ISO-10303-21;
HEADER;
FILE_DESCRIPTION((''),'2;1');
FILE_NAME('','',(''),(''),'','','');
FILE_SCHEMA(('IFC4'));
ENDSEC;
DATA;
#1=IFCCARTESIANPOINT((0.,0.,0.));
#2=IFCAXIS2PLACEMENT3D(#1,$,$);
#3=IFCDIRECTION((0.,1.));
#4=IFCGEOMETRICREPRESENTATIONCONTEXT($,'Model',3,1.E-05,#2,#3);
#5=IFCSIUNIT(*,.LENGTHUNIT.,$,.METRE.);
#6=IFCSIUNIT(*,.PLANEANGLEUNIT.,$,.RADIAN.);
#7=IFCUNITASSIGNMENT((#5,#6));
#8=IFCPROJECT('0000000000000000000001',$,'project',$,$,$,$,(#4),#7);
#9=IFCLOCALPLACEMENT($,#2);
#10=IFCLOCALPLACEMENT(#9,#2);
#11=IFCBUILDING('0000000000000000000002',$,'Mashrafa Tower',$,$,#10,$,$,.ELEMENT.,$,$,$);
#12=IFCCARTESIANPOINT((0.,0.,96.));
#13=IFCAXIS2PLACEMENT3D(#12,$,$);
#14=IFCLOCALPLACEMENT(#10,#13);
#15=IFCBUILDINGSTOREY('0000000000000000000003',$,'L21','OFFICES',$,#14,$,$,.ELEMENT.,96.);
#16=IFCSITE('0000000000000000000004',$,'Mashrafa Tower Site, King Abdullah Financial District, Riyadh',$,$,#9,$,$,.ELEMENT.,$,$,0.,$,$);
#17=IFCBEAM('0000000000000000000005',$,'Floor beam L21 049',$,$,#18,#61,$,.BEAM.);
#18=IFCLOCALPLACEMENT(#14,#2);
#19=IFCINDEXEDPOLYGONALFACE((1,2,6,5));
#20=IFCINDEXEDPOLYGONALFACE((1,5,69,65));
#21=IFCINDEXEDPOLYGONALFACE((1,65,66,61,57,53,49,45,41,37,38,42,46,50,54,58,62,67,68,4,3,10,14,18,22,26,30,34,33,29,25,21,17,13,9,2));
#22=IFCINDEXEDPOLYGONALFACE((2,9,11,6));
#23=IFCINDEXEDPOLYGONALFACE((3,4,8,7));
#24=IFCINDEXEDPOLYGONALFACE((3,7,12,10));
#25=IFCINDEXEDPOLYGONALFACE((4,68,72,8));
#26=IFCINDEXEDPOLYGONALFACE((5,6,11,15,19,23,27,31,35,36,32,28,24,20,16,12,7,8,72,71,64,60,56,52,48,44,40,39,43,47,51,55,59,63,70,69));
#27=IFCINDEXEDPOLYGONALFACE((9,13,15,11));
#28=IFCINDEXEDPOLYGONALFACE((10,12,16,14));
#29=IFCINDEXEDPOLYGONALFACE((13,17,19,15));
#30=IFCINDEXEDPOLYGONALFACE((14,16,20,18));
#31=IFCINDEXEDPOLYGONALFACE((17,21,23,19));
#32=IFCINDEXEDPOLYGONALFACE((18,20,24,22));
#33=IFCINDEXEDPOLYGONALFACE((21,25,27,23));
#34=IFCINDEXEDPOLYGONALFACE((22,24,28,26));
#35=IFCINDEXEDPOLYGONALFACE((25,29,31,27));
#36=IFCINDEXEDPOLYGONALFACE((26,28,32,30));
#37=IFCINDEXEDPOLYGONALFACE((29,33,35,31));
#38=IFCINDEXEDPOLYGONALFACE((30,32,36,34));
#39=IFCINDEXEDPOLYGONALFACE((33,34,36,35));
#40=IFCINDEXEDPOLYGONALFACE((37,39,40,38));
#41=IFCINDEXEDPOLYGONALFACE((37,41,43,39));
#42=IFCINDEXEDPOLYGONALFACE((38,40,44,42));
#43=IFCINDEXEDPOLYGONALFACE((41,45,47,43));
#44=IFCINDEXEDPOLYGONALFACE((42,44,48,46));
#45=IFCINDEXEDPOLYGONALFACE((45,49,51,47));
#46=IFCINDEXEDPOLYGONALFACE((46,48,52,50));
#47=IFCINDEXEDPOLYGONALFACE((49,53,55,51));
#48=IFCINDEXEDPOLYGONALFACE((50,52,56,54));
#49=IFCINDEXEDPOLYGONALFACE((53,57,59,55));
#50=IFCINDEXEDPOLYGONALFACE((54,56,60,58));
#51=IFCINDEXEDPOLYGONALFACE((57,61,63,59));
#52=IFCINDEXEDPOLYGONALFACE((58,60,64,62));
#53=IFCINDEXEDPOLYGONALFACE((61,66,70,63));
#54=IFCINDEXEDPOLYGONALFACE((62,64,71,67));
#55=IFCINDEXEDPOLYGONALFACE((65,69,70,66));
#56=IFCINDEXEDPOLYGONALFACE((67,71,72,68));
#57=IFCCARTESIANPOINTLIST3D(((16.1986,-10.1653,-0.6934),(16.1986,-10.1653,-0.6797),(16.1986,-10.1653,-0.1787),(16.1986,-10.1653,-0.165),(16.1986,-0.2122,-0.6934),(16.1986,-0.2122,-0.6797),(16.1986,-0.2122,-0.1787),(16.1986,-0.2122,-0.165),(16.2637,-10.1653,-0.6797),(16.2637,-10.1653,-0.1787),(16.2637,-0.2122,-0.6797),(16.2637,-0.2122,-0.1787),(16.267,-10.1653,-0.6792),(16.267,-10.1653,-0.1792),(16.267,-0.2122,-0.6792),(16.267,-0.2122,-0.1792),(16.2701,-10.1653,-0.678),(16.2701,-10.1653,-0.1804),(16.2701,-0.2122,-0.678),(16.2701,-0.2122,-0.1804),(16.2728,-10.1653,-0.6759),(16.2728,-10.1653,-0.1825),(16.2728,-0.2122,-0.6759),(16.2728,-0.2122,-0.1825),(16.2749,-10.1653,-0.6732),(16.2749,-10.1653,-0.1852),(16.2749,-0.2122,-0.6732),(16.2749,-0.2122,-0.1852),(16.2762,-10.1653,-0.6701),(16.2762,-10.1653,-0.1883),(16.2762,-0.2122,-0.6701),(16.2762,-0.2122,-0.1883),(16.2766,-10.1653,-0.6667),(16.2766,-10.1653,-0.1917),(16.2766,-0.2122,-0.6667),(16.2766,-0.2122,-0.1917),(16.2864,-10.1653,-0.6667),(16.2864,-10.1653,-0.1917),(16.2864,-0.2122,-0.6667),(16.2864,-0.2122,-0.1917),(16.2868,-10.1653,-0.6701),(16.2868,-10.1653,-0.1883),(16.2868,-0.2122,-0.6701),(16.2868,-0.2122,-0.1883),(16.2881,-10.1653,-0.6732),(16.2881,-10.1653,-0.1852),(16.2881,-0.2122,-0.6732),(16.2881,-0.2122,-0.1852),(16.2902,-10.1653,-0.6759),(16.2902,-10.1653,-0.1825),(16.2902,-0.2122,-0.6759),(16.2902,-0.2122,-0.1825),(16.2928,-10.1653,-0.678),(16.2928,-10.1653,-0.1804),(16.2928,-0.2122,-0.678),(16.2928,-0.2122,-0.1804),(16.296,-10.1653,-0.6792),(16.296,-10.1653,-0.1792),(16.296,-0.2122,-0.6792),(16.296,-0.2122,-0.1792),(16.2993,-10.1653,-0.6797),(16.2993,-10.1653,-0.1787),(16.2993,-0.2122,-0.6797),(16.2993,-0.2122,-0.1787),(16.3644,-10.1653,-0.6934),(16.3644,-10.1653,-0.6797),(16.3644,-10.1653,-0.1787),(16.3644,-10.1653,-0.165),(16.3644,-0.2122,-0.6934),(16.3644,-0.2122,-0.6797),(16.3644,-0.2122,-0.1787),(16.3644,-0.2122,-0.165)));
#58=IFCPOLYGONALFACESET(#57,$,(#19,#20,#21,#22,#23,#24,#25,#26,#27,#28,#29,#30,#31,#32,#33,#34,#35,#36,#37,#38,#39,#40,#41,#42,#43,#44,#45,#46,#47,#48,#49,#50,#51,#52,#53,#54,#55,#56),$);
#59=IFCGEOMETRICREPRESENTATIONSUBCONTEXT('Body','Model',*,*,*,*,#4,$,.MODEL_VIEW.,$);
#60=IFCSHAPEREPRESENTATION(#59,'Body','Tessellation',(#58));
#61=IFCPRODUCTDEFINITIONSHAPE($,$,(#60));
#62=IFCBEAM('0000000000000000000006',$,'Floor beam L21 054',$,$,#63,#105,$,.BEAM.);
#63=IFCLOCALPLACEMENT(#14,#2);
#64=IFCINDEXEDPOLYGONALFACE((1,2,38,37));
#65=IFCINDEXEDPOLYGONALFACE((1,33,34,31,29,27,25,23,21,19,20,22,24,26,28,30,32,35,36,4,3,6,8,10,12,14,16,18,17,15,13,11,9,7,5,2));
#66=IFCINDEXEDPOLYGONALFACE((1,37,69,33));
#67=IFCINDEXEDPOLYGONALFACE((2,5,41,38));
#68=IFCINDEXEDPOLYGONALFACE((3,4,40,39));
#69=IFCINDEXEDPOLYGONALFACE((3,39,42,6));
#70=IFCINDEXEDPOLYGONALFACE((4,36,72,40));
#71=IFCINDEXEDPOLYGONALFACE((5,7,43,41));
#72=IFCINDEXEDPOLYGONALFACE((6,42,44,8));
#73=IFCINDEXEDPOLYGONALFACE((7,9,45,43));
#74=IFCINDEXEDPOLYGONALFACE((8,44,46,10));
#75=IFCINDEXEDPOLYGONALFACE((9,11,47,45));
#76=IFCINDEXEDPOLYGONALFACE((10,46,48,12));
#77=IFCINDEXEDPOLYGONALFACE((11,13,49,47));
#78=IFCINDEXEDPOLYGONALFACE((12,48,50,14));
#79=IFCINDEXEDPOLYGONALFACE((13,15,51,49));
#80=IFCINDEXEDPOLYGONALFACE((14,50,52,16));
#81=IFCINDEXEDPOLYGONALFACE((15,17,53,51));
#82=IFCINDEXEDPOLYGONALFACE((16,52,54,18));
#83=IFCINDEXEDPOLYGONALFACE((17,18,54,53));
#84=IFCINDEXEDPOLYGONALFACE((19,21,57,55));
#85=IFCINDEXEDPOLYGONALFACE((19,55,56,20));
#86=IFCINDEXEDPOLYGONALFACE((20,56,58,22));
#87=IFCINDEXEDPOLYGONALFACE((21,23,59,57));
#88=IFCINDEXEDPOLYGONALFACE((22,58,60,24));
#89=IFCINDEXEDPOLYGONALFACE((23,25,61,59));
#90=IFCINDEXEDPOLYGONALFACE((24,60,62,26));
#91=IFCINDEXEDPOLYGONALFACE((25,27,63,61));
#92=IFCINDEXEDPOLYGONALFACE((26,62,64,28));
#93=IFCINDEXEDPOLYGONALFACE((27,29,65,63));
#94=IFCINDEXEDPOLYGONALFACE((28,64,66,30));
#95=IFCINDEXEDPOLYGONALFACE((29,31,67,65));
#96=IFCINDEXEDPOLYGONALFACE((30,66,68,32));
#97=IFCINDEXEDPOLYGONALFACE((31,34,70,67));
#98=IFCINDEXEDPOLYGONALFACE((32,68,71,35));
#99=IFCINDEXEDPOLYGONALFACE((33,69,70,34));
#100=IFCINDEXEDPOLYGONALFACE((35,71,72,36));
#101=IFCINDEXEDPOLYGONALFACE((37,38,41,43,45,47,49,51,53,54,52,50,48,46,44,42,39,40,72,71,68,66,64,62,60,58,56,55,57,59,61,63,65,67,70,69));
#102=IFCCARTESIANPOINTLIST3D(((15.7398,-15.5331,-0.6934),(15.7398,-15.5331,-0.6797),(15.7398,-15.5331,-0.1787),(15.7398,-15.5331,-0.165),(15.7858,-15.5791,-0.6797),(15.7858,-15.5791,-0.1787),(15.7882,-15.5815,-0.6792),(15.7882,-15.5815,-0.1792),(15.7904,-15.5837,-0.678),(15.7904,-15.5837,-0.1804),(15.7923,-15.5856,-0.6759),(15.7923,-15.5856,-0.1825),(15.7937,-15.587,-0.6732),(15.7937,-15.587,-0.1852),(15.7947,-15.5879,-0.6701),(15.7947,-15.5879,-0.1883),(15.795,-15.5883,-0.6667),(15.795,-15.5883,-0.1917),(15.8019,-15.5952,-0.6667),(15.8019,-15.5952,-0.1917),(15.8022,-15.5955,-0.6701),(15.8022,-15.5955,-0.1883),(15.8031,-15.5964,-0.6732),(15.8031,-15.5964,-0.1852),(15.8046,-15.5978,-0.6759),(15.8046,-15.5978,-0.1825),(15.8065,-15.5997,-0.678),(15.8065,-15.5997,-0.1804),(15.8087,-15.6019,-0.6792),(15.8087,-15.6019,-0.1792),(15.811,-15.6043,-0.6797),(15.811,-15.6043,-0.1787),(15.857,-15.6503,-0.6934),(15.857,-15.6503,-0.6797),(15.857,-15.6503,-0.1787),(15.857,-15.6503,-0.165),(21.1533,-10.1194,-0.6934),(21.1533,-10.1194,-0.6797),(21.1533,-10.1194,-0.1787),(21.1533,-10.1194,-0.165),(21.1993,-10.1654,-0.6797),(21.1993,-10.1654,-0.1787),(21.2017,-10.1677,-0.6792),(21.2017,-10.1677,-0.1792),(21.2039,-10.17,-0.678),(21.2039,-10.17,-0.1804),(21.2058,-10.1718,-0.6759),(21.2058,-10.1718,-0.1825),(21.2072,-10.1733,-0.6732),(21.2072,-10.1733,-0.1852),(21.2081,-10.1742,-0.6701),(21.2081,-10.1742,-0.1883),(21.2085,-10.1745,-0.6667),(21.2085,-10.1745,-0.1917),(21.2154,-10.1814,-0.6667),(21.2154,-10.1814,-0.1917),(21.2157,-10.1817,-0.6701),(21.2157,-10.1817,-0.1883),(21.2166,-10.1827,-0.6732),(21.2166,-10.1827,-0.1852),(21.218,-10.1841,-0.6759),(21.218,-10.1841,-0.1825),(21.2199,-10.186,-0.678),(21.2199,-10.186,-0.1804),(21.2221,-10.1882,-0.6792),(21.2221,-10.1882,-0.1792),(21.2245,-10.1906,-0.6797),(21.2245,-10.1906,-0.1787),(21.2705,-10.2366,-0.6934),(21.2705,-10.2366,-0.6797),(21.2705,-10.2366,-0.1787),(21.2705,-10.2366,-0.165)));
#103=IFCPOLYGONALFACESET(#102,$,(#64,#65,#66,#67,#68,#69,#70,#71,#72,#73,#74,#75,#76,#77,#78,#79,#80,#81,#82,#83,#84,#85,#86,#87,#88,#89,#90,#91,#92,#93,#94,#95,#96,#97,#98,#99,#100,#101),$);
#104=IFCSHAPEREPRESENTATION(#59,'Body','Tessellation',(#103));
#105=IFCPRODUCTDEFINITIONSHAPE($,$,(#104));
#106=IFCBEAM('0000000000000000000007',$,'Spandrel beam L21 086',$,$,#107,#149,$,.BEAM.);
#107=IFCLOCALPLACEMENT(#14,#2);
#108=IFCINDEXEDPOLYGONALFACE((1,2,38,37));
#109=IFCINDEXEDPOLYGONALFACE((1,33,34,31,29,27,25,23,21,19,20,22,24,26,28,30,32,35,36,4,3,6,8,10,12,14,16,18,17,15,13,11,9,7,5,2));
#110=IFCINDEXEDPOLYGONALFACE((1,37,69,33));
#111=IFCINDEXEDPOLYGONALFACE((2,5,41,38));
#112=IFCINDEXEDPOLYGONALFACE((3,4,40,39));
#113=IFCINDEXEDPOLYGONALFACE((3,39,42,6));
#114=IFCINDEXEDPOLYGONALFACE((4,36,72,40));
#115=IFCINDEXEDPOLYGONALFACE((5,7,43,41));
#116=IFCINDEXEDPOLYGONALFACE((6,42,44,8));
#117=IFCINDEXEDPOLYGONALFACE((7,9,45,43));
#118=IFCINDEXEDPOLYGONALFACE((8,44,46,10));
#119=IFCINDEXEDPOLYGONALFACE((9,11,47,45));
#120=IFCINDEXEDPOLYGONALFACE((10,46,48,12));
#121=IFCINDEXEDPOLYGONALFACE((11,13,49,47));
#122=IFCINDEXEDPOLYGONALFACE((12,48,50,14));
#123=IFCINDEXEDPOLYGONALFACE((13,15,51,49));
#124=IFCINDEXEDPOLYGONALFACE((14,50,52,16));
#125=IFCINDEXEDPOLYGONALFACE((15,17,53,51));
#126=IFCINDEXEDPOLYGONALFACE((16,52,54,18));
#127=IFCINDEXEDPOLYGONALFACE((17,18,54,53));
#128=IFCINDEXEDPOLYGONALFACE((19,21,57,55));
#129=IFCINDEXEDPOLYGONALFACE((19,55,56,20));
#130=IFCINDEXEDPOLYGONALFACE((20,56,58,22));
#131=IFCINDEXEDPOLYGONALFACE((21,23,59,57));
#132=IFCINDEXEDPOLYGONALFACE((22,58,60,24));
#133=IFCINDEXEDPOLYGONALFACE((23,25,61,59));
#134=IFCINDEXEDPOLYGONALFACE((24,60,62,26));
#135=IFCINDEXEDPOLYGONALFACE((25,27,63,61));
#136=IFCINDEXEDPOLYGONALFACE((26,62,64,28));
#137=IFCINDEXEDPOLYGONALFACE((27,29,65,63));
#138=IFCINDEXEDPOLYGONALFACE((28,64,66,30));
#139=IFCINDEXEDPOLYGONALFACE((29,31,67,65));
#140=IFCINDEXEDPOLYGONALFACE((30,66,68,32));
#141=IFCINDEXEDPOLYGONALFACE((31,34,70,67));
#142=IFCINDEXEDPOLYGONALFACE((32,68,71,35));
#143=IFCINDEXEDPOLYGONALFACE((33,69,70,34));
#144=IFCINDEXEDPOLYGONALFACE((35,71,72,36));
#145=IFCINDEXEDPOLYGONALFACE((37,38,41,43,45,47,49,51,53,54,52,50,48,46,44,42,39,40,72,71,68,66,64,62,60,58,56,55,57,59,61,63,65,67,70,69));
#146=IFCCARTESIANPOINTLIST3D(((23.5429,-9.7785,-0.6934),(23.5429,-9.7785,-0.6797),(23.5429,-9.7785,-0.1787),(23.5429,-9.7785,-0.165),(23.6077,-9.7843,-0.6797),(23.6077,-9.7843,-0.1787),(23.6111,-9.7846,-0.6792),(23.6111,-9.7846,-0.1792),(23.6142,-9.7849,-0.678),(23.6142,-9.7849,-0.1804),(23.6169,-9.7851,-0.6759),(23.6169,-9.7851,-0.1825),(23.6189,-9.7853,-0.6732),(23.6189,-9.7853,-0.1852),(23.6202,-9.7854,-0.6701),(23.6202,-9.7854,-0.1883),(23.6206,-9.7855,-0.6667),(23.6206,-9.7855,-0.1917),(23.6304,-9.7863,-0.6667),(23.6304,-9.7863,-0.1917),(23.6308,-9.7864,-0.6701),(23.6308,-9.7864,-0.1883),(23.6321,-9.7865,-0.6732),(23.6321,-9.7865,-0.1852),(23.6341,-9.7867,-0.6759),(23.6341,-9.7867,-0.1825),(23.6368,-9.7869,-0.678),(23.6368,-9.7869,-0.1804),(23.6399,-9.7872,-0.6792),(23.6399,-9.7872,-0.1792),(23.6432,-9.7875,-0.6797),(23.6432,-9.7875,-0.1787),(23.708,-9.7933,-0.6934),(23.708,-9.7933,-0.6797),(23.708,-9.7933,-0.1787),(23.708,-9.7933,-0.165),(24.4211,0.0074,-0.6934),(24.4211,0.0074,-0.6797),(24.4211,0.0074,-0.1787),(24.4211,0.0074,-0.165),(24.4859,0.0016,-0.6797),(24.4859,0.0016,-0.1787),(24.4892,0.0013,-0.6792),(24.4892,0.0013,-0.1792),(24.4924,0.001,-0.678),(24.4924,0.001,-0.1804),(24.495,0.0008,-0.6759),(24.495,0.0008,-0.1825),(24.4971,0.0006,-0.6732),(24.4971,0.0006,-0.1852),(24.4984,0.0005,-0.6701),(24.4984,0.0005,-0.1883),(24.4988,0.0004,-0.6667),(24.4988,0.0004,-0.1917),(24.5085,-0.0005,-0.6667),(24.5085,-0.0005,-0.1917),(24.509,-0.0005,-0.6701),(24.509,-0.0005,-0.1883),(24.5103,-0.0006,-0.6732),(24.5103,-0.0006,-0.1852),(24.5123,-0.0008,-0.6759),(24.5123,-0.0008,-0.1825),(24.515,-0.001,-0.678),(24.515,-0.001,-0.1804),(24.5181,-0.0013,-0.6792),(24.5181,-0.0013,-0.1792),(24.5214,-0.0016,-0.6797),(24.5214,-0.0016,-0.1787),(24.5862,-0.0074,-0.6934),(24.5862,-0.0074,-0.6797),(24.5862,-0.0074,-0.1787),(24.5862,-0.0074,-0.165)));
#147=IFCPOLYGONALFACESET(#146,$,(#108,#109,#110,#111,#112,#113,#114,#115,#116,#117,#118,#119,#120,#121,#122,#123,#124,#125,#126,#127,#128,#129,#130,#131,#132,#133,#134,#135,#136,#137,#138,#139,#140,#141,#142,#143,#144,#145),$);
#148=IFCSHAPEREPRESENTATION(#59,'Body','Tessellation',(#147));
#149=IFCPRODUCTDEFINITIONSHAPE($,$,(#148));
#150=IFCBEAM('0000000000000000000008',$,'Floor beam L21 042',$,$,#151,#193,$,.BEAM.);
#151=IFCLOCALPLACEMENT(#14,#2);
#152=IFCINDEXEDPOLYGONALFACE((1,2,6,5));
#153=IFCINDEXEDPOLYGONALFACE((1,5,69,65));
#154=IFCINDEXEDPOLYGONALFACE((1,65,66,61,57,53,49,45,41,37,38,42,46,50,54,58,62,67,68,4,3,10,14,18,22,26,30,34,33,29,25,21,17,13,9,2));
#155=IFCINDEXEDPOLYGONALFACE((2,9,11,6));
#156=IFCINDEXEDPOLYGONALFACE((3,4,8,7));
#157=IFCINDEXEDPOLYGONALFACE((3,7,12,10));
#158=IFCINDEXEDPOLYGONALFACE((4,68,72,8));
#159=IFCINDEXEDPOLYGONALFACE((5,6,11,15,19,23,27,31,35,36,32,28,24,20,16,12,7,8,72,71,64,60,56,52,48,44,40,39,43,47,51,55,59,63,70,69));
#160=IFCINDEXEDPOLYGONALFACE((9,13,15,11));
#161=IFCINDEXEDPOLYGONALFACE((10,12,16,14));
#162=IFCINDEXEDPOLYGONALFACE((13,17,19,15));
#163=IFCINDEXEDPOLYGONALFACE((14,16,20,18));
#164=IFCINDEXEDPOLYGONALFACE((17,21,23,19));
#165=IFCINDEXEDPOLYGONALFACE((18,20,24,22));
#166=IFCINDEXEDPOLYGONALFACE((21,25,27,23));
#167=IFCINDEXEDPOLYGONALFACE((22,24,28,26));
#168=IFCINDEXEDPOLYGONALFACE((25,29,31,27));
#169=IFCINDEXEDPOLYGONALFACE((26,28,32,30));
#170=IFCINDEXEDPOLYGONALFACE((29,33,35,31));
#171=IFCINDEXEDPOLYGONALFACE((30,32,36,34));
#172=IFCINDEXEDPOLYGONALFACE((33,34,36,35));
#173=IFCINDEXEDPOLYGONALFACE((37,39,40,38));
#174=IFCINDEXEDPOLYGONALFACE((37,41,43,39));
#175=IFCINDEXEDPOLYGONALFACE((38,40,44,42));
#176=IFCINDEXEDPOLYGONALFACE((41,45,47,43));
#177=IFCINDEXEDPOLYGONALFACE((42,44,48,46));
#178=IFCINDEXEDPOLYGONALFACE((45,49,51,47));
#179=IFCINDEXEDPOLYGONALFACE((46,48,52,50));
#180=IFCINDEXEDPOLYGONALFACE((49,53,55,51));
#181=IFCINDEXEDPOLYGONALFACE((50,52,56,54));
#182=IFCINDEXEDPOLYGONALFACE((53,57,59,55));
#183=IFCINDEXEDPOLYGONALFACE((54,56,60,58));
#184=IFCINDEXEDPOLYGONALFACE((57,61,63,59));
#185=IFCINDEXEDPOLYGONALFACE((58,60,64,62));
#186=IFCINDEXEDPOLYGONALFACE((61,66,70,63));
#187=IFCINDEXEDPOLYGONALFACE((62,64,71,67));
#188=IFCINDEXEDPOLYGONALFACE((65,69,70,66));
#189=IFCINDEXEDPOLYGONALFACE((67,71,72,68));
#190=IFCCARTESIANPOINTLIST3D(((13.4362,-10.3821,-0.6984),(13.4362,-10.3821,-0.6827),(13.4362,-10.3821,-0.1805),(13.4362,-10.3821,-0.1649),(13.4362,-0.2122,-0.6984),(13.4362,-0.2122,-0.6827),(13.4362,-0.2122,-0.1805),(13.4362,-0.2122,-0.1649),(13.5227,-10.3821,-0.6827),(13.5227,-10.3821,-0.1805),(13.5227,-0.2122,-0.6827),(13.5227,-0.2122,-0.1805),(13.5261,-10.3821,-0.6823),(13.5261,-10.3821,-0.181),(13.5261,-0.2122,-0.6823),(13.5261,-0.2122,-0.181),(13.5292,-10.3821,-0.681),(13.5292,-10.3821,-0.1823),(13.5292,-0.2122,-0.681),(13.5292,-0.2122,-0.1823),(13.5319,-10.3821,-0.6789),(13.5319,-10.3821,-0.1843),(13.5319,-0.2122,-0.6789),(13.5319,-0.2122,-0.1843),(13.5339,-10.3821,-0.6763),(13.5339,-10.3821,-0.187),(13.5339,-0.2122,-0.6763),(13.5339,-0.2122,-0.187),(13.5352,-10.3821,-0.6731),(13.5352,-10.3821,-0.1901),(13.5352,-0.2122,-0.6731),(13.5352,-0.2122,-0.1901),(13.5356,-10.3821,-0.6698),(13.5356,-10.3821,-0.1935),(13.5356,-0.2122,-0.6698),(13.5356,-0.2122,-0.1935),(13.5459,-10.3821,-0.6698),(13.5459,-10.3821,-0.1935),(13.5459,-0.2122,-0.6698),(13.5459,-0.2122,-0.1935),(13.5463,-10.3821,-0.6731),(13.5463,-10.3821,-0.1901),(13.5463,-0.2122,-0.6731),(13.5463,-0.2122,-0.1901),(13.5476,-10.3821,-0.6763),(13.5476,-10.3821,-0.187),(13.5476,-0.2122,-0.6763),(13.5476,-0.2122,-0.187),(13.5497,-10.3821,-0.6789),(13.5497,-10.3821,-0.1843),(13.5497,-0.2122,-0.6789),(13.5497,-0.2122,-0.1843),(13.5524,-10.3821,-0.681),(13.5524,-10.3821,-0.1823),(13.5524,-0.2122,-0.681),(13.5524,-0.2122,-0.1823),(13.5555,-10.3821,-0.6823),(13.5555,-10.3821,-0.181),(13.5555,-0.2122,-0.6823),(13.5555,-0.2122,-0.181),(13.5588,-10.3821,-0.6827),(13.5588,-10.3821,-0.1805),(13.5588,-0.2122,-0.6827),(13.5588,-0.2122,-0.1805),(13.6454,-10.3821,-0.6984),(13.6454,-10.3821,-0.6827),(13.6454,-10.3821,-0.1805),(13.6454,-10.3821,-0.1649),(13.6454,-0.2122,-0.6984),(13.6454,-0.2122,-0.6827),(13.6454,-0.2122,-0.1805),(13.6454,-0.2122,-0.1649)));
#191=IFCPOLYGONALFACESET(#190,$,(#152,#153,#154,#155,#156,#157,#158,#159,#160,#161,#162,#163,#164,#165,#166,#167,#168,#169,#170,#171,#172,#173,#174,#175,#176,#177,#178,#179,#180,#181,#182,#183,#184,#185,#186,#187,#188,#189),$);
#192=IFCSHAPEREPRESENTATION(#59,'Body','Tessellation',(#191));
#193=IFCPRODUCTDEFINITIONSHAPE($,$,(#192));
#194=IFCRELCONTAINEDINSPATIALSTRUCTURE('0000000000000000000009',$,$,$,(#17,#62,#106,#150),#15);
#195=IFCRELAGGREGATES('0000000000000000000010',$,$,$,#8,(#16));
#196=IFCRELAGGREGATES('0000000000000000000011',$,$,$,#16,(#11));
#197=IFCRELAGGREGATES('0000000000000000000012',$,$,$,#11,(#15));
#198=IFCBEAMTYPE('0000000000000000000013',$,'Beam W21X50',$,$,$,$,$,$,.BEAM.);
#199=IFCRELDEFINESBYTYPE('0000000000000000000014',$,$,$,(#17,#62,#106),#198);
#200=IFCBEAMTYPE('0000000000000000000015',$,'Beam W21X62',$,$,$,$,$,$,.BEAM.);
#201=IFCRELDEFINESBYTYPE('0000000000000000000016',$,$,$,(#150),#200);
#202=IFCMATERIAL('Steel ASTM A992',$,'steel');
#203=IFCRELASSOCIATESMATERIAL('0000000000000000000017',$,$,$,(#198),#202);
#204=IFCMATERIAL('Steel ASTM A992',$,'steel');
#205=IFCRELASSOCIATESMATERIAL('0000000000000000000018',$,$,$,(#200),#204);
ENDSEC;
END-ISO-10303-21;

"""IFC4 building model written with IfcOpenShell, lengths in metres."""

from ifc_helpers import new_model, si_unit, direction, frame, origin, origin_2d, place, context, subcontext, project, spatial, i_section, extrude, material, material_profile, profile_set, type_object, element, save


model = new_model("IFC4")

# Units and contexts
model_context = context("Model", 3, precision=1e-05, world=origin(), true_north=direction((0.0, 1.0)))
body_context = subcontext(model_context, "Body", "Model", "MODEL_VIEW")
ifc_project = project(units=[si_unit("LENGTHUNIT", "METRE"), si_unit("PLANEANGLEUNIT", "RADIAN")], contexts=[model_context])

# Site, building, storey
site_placement = place(None, origin())
site = spatial("IfcSite", under=ifc_project, at=site_placement, Name="Mashrafa Tower Site, King Abdullah Financial District, Riyadh", CompositionType="ELEMENT", RefElevation=0.0)
building_placement = place(site_placement, origin())
building = spatial("IfcBuilding", under=site, at=building_placement, Name="Mashrafa Tower", CompositionType="ELEMENT")
storey_placement = place(building_placement, frame((0.0, 0.0, 96.0)))
storey = spatial("IfcBuildingStorey", under=building, at=storey_placement, Name="L21", Description="OFFICES", CompositionType="ELEMENT", Elevation=96.0)

# Beams
ifc_material_1 = material(Name="Steel ASTM A992", Category="steel")
ifc_material_profile_1 = material_profile(ifc_material_1, i_section(OverallWidth=0.1658, OverallDepth=0.5283, WebThickness=0.0098, FlangeThickness=0.0137, FilletRadius=0.0129, at=origin_2d()), Name="W21X50")
ifc_profile_set_1 = profile_set([ifc_material_profile_1], Name="Steel ASTM A992")
beam_type_1 = type_object("IfcBeamType", Name="Beam W21X50", PredefinedType="BEAM", material=ifc_profile_set_1)
beam_1_placement = place(storey_placement, frame((16.2815, -0.2122, -0.4292), z_axis=(0.0, -1.0, 0.0), x_axis=(1.0, 0.0, 0.0)))
element("IfcBeam", 1, at=beam_1_placement, inside=storey, type_object=beam_type_1, Name="Floor beam L21 049", PredefinedType="BEAM", context=body_context, shape_type="SweptSolid", body=[
    extrude(i_section(OverallWidth=0.1658, OverallDepth=0.5283, WebThickness=0.0098, FlangeThickness=0.0137, FilletRadius=0.0129, at=origin_2d()), origin(), (0.0, 0.0, 1.0), 9.9531),
])
beam_2_placement = place(storey_placement, frame((21.2119, -10.178, -0.4292), z_axis=(-0.707091, -0.707123, 0.0), x_axis=(0.707123, -0.707091, 0.0)))
element("IfcBeam", 2, at=beam_2_placement, inside=storey, type_object=beam_type_1, Name="Floor beam L21 054", PredefinedType="BEAM", context=body_context, shape_type="SweptSolid", body=[
    extrude(i_section(OverallWidth=0.1658, OverallDepth=0.5283, WebThickness=0.0098, FlangeThickness=0.0137, FilletRadius=0.0129, at=origin_2d()), origin(), (0.0, 0.0, 1.0), 7.656),
])
beam_3_placement = place(storey_placement, frame((23.6255, -9.7859, -0.4292), z_axis=(0.08938, 0.995998, 0.0), x_axis=(-0.995998, 0.08938, 0.0)))
element("IfcBeam", 3, at=beam_3_placement, inside=storey, type_object=beam_type_1, Name="Spandrel beam L21 086", PredefinedType="BEAM", context=body_context, shape_type="SweptSolid", body=[
    extrude(i_section(OverallWidth=0.1658, OverallDepth=0.5283, WebThickness=0.0098, FlangeThickness=0.0137, FilletRadius=0.0129, at=origin_2d()), origin(), (0.0, 0.0, 1.0), 9.8252),
])
ifc_material_2 = material(Name="Steel ASTM A992", Category="steel")
ifc_material_profile_2 = material_profile(ifc_material_2, i_section(OverallWidth=0.2092, OverallDepth=0.5334, WebThickness=0.0103, FlangeThickness=0.0156, FilletRadius=0.0129, at=origin_2d()), Name="W21X62")
ifc_profile_set_2 = profile_set([ifc_material_profile_2], Name="Steel ASTM A992")
beam_type_2 = type_object("IfcBeamType", Name="Beam W21X62", PredefinedType="BEAM", material=ifc_profile_set_2)
beam_4_placement = place(storey_placement, frame((13.5408, -0.2122, -0.4316), z_axis=(0.0, -1.0, 0.0), x_axis=(1.0, 0.0, 0.0)))
element("IfcBeam", 4, at=beam_4_placement, inside=storey, type_object=beam_type_2, Name="Floor beam L21 042", PredefinedType="BEAM", context=body_context, shape_type="SweptSolid", body=[
    extrude(i_section(OverallWidth=0.2092, OverallDepth=0.5334, WebThickness=0.0103, FlangeThickness=0.0156, FilletRadius=0.0129, at=origin_2d()), origin(), (0.0, 0.0, 1.0), 10.1699),
])

save(model, "model.ifc")
